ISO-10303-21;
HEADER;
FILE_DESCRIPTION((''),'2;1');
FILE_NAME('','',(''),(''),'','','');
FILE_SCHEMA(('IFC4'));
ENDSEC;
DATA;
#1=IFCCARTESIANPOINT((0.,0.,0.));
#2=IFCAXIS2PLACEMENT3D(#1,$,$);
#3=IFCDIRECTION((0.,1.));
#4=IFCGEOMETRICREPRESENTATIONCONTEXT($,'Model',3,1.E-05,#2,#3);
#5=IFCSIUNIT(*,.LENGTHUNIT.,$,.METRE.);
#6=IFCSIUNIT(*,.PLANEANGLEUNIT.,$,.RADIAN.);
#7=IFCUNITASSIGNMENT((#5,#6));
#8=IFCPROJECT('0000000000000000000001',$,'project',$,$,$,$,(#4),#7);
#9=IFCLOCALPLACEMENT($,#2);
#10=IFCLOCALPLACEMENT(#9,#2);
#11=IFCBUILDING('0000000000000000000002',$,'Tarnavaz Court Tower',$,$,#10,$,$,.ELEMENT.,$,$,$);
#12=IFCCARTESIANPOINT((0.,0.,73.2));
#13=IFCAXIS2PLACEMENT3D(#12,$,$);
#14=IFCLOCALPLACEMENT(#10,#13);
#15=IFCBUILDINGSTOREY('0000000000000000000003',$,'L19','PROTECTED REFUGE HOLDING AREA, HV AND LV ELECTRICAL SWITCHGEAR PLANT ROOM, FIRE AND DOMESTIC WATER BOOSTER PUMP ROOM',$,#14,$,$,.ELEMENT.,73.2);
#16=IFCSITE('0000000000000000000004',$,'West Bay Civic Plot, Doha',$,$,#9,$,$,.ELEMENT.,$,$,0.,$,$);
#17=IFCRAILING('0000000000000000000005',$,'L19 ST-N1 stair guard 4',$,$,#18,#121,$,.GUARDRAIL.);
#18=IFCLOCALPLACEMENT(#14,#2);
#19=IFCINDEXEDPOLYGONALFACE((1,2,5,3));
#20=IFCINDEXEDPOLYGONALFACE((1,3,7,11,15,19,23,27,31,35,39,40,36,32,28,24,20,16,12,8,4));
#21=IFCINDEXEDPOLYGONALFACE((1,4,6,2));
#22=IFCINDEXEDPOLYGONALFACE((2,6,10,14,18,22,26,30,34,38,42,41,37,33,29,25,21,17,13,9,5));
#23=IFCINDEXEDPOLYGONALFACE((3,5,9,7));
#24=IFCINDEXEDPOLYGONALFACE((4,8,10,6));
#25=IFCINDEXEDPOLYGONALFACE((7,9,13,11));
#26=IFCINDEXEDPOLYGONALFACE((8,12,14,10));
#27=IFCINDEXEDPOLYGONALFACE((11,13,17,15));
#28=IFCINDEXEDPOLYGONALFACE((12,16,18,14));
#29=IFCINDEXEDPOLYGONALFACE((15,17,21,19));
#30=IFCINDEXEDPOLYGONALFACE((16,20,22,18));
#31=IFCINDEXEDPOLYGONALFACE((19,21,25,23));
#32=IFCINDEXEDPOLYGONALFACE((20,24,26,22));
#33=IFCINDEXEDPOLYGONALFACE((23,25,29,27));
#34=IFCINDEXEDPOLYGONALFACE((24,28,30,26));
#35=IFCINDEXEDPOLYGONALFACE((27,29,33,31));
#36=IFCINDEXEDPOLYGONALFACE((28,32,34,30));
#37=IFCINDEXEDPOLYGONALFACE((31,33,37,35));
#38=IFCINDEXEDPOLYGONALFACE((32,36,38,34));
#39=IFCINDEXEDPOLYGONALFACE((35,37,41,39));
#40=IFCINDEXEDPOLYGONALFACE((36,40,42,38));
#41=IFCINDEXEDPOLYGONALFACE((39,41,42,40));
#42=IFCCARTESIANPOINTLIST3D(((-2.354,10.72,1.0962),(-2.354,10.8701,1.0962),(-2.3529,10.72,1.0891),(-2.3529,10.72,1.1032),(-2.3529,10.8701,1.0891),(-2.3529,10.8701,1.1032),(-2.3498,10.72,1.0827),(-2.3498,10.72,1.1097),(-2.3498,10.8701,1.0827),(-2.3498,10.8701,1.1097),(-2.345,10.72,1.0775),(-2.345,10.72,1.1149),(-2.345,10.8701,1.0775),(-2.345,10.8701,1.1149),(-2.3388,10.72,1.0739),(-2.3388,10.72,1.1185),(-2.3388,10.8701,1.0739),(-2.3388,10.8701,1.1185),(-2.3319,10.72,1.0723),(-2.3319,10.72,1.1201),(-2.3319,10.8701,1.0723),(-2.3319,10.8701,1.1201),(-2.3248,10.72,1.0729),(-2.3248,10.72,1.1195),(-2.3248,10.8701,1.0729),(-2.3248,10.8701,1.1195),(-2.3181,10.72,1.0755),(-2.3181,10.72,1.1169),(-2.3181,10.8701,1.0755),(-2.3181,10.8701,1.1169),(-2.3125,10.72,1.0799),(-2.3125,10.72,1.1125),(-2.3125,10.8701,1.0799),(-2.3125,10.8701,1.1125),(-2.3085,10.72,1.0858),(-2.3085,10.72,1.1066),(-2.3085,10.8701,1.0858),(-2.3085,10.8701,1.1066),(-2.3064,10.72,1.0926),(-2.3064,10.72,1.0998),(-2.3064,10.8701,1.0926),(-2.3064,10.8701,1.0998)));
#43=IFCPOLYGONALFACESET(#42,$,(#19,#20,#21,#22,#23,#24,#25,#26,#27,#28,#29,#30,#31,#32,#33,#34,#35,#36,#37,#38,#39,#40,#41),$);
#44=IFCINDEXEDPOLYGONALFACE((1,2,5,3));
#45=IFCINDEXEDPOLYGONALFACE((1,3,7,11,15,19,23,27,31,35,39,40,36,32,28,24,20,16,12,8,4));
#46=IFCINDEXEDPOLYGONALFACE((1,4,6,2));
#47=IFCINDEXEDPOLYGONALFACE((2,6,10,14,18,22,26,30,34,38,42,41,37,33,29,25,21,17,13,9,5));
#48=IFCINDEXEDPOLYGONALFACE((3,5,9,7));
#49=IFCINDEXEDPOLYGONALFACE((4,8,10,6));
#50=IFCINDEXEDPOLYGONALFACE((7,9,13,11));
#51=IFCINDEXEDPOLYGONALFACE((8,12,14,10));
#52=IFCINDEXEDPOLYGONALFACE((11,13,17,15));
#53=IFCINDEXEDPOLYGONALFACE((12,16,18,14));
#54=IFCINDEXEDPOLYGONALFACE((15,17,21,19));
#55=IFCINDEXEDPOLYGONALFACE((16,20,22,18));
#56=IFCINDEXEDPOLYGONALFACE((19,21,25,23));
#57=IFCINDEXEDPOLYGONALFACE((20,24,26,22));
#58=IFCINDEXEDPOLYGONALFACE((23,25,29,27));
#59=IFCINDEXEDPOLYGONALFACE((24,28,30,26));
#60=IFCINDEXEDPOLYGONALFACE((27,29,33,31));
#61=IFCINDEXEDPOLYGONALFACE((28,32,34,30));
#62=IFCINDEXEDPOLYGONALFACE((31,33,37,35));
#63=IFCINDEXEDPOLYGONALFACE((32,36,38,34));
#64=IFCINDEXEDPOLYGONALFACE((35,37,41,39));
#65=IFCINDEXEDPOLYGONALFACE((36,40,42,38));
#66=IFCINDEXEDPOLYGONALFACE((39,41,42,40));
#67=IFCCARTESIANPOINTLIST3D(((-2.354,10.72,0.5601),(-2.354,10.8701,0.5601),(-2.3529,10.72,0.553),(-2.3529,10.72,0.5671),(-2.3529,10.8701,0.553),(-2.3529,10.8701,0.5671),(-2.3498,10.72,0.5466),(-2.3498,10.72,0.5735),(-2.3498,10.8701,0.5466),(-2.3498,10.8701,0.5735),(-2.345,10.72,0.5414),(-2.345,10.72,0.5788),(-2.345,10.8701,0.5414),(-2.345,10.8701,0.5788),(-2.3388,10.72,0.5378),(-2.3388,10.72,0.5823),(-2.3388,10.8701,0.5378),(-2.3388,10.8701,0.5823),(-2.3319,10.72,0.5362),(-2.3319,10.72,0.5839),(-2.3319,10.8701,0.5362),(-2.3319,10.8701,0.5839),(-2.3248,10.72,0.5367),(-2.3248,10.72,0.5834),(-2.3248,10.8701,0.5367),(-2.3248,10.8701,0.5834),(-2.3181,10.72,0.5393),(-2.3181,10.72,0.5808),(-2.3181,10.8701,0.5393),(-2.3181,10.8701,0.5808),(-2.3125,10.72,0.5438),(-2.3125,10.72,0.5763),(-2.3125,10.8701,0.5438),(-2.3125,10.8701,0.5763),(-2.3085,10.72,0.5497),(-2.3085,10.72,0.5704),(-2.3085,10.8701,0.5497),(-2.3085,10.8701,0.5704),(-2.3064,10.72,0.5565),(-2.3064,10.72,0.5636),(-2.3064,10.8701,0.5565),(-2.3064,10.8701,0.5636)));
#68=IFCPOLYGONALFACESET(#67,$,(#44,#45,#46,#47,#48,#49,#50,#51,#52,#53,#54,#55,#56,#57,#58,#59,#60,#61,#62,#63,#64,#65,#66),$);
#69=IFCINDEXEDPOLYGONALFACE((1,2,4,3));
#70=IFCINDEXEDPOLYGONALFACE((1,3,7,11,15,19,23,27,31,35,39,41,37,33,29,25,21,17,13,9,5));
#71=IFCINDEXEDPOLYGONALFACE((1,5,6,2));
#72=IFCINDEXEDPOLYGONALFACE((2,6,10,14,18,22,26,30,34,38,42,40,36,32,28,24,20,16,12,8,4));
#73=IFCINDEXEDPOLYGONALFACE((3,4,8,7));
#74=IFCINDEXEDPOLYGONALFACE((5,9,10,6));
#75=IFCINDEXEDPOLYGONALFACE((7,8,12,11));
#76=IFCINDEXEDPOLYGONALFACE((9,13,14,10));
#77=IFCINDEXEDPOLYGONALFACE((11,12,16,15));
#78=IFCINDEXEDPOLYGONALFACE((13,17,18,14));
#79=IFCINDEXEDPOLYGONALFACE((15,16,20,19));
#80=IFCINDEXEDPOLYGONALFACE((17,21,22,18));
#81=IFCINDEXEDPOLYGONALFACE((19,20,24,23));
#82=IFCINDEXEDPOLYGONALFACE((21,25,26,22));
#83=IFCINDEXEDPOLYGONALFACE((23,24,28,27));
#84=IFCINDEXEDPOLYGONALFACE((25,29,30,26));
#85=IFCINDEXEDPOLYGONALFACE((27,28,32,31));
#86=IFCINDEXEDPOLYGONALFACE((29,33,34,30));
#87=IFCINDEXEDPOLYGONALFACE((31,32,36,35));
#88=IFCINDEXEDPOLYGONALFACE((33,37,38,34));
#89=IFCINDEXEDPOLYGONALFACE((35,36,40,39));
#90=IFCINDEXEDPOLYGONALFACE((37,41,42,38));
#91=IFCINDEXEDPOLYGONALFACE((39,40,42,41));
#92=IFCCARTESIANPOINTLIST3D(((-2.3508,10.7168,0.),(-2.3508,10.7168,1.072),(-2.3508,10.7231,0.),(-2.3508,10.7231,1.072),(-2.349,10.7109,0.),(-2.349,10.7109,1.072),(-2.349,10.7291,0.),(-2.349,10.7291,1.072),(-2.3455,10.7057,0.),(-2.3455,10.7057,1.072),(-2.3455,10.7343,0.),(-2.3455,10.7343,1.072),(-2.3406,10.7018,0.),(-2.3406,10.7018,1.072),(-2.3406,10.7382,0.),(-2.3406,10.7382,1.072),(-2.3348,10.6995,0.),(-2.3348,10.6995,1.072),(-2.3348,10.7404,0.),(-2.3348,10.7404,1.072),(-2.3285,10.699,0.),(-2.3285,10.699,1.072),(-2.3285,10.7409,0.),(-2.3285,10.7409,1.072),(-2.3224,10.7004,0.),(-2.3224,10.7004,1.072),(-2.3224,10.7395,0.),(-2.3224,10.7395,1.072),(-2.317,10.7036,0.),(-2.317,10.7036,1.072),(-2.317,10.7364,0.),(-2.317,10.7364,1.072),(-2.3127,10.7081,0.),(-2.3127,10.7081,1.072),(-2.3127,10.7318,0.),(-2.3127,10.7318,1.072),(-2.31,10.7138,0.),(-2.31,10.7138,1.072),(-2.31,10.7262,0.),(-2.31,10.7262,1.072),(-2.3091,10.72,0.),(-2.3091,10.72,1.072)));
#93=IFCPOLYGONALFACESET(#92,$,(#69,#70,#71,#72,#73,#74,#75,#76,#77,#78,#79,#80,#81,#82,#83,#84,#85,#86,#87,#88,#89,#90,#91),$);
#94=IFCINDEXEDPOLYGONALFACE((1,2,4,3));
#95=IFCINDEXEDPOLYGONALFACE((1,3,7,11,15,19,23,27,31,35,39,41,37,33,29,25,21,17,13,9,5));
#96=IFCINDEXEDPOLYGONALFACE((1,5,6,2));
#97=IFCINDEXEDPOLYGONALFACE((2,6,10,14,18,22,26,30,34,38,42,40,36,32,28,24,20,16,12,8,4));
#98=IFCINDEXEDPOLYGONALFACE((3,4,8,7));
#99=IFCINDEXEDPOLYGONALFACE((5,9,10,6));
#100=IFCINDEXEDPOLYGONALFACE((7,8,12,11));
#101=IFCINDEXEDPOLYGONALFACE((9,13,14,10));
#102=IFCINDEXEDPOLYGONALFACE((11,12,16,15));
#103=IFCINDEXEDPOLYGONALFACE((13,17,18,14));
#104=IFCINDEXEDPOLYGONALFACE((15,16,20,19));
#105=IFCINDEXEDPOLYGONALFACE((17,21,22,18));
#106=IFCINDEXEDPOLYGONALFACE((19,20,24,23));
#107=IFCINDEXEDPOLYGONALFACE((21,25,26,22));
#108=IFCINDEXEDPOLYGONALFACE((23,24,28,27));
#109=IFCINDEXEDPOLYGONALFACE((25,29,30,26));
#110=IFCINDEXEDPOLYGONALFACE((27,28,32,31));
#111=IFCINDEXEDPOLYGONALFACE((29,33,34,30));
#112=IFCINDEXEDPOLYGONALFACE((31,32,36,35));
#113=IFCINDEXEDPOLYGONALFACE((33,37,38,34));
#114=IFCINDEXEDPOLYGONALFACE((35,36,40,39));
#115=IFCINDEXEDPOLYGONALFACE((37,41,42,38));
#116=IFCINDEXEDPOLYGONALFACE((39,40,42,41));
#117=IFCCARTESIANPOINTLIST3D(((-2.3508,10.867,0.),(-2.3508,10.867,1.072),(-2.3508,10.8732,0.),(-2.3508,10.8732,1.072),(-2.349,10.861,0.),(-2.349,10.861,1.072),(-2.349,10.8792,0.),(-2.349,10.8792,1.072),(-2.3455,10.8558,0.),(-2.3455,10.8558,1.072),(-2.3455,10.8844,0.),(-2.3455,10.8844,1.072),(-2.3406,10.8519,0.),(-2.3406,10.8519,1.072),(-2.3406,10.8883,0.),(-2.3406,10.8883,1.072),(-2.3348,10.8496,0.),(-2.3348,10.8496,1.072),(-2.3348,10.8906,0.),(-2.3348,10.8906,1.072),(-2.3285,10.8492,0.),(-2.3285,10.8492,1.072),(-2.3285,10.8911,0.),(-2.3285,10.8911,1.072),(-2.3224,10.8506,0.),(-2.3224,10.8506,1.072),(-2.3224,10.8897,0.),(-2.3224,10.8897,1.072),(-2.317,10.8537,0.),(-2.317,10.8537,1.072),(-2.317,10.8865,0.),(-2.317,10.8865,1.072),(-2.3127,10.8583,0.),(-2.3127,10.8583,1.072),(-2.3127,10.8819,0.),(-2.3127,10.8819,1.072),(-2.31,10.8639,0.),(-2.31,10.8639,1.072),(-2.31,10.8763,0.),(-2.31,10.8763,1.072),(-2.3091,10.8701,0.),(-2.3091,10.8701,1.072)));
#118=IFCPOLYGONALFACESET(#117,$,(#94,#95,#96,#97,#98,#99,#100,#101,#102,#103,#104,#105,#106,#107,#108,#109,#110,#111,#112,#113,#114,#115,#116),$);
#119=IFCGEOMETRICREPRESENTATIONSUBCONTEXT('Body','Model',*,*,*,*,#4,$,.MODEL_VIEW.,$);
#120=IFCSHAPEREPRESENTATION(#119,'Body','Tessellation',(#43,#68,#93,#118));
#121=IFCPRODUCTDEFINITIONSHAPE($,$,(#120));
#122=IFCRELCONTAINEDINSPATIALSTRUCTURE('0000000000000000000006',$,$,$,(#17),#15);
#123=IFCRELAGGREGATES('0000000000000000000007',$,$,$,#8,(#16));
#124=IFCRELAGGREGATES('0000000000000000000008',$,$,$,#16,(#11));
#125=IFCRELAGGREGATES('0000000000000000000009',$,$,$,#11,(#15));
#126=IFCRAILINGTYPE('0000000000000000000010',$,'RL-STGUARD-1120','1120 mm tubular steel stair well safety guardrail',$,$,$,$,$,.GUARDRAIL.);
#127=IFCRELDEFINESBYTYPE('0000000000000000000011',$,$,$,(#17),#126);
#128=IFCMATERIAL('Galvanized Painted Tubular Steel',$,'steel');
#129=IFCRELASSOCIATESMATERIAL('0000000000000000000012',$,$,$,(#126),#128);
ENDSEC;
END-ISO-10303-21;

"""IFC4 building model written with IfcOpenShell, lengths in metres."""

from ifc_helpers import new_model, si_unit, direction, frame, origin, origin_2d, place, context, subcontext, project, spatial, circle, extrude, material, type_object, element, save


model = new_model("IFC4")

# Units and contexts
model_context = context("Model", 3, precision=1e-05, world=origin(), true_north=direction((0.0, 1.0)))
body_context = subcontext(model_context, "Body", "Model", "MODEL_VIEW")
ifc_project = project(units=[si_unit("LENGTHUNIT", "METRE"), si_unit("PLANEANGLEUNIT", "RADIAN")], contexts=[model_context])

# Site, building, storey
site_placement = place(None, origin())
site = spatial("IfcSite", under=ifc_project, at=site_placement, Name="West Bay Civic Plot, Doha", CompositionType="ELEMENT", RefElevation=0.0)
building_placement = place(site_placement, origin())
building = spatial("IfcBuilding", under=site, at=building_placement, Name="Tarnavaz Court Tower", CompositionType="ELEMENT")
storey_placement = place(building_placement, frame((0.0, 0.0, 73.2)))
storey = spatial("IfcBuildingStorey", under=building, at=storey_placement, Name="L19", Description="PROTECTED REFUGE HOLDING AREA, HV AND LV ELECTRICAL SWITCHGEAR PLANT ROOM, FIRE AND DOMESTIC WATER BOOSTER PUMP ROOM", CompositionType="ELEMENT", Elevation=73.2)

# Railing
ifc_material_1 = material(Name="Galvanized Painted Tubular Steel", Category="steel")
railing_type_1 = type_object("IfcRailingType", Name="RL-STGUARD-1120", Description="1120 mm tubular steel stair well safety guardrail", PredefinedType="GUARDRAIL", material=ifc_material_1)
railing_1_placement = place(storey_placement, frame((-2.3301, 10.72, 0.0)))
element("IfcRailing", 1, at=railing_1_placement, inside=storey, type_object=railing_type_1, Name="L19 ST-N1 stair guard 4", PredefinedType="GUARDRAIL", context=body_context, shape_type="SweptSolid", body=[
    extrude(circle(Radius=0.0239, at=origin_2d()), frame((0.0, 0.0, 1.0962), z_axis=(0.0, 1.0, 0.0), x_axis=(-1.0, 0.0, 0.0)), (0.0, 0.0, 1.0), 0.1501),
    extrude(circle(Radius=0.0239, at=origin_2d()), frame((0.0, 0.0, 0.5601), z_axis=(0.0, 1.0, 0.0), x_axis=(-1.0, 0.0, 0.0)), (0.0, 0.0, 1.0), 0.1501),
    extrude(circle(Radius=0.021, at=origin_2d()), origin(), (0.0, 0.0, 1.0), 1.072),
    extrude(circle(Radius=0.021, at=origin_2d()), frame((0.0, 0.1501, 0.0)), (0.0, 0.0, 1.0), 1.072),
])

save(model, "model.ifc")
